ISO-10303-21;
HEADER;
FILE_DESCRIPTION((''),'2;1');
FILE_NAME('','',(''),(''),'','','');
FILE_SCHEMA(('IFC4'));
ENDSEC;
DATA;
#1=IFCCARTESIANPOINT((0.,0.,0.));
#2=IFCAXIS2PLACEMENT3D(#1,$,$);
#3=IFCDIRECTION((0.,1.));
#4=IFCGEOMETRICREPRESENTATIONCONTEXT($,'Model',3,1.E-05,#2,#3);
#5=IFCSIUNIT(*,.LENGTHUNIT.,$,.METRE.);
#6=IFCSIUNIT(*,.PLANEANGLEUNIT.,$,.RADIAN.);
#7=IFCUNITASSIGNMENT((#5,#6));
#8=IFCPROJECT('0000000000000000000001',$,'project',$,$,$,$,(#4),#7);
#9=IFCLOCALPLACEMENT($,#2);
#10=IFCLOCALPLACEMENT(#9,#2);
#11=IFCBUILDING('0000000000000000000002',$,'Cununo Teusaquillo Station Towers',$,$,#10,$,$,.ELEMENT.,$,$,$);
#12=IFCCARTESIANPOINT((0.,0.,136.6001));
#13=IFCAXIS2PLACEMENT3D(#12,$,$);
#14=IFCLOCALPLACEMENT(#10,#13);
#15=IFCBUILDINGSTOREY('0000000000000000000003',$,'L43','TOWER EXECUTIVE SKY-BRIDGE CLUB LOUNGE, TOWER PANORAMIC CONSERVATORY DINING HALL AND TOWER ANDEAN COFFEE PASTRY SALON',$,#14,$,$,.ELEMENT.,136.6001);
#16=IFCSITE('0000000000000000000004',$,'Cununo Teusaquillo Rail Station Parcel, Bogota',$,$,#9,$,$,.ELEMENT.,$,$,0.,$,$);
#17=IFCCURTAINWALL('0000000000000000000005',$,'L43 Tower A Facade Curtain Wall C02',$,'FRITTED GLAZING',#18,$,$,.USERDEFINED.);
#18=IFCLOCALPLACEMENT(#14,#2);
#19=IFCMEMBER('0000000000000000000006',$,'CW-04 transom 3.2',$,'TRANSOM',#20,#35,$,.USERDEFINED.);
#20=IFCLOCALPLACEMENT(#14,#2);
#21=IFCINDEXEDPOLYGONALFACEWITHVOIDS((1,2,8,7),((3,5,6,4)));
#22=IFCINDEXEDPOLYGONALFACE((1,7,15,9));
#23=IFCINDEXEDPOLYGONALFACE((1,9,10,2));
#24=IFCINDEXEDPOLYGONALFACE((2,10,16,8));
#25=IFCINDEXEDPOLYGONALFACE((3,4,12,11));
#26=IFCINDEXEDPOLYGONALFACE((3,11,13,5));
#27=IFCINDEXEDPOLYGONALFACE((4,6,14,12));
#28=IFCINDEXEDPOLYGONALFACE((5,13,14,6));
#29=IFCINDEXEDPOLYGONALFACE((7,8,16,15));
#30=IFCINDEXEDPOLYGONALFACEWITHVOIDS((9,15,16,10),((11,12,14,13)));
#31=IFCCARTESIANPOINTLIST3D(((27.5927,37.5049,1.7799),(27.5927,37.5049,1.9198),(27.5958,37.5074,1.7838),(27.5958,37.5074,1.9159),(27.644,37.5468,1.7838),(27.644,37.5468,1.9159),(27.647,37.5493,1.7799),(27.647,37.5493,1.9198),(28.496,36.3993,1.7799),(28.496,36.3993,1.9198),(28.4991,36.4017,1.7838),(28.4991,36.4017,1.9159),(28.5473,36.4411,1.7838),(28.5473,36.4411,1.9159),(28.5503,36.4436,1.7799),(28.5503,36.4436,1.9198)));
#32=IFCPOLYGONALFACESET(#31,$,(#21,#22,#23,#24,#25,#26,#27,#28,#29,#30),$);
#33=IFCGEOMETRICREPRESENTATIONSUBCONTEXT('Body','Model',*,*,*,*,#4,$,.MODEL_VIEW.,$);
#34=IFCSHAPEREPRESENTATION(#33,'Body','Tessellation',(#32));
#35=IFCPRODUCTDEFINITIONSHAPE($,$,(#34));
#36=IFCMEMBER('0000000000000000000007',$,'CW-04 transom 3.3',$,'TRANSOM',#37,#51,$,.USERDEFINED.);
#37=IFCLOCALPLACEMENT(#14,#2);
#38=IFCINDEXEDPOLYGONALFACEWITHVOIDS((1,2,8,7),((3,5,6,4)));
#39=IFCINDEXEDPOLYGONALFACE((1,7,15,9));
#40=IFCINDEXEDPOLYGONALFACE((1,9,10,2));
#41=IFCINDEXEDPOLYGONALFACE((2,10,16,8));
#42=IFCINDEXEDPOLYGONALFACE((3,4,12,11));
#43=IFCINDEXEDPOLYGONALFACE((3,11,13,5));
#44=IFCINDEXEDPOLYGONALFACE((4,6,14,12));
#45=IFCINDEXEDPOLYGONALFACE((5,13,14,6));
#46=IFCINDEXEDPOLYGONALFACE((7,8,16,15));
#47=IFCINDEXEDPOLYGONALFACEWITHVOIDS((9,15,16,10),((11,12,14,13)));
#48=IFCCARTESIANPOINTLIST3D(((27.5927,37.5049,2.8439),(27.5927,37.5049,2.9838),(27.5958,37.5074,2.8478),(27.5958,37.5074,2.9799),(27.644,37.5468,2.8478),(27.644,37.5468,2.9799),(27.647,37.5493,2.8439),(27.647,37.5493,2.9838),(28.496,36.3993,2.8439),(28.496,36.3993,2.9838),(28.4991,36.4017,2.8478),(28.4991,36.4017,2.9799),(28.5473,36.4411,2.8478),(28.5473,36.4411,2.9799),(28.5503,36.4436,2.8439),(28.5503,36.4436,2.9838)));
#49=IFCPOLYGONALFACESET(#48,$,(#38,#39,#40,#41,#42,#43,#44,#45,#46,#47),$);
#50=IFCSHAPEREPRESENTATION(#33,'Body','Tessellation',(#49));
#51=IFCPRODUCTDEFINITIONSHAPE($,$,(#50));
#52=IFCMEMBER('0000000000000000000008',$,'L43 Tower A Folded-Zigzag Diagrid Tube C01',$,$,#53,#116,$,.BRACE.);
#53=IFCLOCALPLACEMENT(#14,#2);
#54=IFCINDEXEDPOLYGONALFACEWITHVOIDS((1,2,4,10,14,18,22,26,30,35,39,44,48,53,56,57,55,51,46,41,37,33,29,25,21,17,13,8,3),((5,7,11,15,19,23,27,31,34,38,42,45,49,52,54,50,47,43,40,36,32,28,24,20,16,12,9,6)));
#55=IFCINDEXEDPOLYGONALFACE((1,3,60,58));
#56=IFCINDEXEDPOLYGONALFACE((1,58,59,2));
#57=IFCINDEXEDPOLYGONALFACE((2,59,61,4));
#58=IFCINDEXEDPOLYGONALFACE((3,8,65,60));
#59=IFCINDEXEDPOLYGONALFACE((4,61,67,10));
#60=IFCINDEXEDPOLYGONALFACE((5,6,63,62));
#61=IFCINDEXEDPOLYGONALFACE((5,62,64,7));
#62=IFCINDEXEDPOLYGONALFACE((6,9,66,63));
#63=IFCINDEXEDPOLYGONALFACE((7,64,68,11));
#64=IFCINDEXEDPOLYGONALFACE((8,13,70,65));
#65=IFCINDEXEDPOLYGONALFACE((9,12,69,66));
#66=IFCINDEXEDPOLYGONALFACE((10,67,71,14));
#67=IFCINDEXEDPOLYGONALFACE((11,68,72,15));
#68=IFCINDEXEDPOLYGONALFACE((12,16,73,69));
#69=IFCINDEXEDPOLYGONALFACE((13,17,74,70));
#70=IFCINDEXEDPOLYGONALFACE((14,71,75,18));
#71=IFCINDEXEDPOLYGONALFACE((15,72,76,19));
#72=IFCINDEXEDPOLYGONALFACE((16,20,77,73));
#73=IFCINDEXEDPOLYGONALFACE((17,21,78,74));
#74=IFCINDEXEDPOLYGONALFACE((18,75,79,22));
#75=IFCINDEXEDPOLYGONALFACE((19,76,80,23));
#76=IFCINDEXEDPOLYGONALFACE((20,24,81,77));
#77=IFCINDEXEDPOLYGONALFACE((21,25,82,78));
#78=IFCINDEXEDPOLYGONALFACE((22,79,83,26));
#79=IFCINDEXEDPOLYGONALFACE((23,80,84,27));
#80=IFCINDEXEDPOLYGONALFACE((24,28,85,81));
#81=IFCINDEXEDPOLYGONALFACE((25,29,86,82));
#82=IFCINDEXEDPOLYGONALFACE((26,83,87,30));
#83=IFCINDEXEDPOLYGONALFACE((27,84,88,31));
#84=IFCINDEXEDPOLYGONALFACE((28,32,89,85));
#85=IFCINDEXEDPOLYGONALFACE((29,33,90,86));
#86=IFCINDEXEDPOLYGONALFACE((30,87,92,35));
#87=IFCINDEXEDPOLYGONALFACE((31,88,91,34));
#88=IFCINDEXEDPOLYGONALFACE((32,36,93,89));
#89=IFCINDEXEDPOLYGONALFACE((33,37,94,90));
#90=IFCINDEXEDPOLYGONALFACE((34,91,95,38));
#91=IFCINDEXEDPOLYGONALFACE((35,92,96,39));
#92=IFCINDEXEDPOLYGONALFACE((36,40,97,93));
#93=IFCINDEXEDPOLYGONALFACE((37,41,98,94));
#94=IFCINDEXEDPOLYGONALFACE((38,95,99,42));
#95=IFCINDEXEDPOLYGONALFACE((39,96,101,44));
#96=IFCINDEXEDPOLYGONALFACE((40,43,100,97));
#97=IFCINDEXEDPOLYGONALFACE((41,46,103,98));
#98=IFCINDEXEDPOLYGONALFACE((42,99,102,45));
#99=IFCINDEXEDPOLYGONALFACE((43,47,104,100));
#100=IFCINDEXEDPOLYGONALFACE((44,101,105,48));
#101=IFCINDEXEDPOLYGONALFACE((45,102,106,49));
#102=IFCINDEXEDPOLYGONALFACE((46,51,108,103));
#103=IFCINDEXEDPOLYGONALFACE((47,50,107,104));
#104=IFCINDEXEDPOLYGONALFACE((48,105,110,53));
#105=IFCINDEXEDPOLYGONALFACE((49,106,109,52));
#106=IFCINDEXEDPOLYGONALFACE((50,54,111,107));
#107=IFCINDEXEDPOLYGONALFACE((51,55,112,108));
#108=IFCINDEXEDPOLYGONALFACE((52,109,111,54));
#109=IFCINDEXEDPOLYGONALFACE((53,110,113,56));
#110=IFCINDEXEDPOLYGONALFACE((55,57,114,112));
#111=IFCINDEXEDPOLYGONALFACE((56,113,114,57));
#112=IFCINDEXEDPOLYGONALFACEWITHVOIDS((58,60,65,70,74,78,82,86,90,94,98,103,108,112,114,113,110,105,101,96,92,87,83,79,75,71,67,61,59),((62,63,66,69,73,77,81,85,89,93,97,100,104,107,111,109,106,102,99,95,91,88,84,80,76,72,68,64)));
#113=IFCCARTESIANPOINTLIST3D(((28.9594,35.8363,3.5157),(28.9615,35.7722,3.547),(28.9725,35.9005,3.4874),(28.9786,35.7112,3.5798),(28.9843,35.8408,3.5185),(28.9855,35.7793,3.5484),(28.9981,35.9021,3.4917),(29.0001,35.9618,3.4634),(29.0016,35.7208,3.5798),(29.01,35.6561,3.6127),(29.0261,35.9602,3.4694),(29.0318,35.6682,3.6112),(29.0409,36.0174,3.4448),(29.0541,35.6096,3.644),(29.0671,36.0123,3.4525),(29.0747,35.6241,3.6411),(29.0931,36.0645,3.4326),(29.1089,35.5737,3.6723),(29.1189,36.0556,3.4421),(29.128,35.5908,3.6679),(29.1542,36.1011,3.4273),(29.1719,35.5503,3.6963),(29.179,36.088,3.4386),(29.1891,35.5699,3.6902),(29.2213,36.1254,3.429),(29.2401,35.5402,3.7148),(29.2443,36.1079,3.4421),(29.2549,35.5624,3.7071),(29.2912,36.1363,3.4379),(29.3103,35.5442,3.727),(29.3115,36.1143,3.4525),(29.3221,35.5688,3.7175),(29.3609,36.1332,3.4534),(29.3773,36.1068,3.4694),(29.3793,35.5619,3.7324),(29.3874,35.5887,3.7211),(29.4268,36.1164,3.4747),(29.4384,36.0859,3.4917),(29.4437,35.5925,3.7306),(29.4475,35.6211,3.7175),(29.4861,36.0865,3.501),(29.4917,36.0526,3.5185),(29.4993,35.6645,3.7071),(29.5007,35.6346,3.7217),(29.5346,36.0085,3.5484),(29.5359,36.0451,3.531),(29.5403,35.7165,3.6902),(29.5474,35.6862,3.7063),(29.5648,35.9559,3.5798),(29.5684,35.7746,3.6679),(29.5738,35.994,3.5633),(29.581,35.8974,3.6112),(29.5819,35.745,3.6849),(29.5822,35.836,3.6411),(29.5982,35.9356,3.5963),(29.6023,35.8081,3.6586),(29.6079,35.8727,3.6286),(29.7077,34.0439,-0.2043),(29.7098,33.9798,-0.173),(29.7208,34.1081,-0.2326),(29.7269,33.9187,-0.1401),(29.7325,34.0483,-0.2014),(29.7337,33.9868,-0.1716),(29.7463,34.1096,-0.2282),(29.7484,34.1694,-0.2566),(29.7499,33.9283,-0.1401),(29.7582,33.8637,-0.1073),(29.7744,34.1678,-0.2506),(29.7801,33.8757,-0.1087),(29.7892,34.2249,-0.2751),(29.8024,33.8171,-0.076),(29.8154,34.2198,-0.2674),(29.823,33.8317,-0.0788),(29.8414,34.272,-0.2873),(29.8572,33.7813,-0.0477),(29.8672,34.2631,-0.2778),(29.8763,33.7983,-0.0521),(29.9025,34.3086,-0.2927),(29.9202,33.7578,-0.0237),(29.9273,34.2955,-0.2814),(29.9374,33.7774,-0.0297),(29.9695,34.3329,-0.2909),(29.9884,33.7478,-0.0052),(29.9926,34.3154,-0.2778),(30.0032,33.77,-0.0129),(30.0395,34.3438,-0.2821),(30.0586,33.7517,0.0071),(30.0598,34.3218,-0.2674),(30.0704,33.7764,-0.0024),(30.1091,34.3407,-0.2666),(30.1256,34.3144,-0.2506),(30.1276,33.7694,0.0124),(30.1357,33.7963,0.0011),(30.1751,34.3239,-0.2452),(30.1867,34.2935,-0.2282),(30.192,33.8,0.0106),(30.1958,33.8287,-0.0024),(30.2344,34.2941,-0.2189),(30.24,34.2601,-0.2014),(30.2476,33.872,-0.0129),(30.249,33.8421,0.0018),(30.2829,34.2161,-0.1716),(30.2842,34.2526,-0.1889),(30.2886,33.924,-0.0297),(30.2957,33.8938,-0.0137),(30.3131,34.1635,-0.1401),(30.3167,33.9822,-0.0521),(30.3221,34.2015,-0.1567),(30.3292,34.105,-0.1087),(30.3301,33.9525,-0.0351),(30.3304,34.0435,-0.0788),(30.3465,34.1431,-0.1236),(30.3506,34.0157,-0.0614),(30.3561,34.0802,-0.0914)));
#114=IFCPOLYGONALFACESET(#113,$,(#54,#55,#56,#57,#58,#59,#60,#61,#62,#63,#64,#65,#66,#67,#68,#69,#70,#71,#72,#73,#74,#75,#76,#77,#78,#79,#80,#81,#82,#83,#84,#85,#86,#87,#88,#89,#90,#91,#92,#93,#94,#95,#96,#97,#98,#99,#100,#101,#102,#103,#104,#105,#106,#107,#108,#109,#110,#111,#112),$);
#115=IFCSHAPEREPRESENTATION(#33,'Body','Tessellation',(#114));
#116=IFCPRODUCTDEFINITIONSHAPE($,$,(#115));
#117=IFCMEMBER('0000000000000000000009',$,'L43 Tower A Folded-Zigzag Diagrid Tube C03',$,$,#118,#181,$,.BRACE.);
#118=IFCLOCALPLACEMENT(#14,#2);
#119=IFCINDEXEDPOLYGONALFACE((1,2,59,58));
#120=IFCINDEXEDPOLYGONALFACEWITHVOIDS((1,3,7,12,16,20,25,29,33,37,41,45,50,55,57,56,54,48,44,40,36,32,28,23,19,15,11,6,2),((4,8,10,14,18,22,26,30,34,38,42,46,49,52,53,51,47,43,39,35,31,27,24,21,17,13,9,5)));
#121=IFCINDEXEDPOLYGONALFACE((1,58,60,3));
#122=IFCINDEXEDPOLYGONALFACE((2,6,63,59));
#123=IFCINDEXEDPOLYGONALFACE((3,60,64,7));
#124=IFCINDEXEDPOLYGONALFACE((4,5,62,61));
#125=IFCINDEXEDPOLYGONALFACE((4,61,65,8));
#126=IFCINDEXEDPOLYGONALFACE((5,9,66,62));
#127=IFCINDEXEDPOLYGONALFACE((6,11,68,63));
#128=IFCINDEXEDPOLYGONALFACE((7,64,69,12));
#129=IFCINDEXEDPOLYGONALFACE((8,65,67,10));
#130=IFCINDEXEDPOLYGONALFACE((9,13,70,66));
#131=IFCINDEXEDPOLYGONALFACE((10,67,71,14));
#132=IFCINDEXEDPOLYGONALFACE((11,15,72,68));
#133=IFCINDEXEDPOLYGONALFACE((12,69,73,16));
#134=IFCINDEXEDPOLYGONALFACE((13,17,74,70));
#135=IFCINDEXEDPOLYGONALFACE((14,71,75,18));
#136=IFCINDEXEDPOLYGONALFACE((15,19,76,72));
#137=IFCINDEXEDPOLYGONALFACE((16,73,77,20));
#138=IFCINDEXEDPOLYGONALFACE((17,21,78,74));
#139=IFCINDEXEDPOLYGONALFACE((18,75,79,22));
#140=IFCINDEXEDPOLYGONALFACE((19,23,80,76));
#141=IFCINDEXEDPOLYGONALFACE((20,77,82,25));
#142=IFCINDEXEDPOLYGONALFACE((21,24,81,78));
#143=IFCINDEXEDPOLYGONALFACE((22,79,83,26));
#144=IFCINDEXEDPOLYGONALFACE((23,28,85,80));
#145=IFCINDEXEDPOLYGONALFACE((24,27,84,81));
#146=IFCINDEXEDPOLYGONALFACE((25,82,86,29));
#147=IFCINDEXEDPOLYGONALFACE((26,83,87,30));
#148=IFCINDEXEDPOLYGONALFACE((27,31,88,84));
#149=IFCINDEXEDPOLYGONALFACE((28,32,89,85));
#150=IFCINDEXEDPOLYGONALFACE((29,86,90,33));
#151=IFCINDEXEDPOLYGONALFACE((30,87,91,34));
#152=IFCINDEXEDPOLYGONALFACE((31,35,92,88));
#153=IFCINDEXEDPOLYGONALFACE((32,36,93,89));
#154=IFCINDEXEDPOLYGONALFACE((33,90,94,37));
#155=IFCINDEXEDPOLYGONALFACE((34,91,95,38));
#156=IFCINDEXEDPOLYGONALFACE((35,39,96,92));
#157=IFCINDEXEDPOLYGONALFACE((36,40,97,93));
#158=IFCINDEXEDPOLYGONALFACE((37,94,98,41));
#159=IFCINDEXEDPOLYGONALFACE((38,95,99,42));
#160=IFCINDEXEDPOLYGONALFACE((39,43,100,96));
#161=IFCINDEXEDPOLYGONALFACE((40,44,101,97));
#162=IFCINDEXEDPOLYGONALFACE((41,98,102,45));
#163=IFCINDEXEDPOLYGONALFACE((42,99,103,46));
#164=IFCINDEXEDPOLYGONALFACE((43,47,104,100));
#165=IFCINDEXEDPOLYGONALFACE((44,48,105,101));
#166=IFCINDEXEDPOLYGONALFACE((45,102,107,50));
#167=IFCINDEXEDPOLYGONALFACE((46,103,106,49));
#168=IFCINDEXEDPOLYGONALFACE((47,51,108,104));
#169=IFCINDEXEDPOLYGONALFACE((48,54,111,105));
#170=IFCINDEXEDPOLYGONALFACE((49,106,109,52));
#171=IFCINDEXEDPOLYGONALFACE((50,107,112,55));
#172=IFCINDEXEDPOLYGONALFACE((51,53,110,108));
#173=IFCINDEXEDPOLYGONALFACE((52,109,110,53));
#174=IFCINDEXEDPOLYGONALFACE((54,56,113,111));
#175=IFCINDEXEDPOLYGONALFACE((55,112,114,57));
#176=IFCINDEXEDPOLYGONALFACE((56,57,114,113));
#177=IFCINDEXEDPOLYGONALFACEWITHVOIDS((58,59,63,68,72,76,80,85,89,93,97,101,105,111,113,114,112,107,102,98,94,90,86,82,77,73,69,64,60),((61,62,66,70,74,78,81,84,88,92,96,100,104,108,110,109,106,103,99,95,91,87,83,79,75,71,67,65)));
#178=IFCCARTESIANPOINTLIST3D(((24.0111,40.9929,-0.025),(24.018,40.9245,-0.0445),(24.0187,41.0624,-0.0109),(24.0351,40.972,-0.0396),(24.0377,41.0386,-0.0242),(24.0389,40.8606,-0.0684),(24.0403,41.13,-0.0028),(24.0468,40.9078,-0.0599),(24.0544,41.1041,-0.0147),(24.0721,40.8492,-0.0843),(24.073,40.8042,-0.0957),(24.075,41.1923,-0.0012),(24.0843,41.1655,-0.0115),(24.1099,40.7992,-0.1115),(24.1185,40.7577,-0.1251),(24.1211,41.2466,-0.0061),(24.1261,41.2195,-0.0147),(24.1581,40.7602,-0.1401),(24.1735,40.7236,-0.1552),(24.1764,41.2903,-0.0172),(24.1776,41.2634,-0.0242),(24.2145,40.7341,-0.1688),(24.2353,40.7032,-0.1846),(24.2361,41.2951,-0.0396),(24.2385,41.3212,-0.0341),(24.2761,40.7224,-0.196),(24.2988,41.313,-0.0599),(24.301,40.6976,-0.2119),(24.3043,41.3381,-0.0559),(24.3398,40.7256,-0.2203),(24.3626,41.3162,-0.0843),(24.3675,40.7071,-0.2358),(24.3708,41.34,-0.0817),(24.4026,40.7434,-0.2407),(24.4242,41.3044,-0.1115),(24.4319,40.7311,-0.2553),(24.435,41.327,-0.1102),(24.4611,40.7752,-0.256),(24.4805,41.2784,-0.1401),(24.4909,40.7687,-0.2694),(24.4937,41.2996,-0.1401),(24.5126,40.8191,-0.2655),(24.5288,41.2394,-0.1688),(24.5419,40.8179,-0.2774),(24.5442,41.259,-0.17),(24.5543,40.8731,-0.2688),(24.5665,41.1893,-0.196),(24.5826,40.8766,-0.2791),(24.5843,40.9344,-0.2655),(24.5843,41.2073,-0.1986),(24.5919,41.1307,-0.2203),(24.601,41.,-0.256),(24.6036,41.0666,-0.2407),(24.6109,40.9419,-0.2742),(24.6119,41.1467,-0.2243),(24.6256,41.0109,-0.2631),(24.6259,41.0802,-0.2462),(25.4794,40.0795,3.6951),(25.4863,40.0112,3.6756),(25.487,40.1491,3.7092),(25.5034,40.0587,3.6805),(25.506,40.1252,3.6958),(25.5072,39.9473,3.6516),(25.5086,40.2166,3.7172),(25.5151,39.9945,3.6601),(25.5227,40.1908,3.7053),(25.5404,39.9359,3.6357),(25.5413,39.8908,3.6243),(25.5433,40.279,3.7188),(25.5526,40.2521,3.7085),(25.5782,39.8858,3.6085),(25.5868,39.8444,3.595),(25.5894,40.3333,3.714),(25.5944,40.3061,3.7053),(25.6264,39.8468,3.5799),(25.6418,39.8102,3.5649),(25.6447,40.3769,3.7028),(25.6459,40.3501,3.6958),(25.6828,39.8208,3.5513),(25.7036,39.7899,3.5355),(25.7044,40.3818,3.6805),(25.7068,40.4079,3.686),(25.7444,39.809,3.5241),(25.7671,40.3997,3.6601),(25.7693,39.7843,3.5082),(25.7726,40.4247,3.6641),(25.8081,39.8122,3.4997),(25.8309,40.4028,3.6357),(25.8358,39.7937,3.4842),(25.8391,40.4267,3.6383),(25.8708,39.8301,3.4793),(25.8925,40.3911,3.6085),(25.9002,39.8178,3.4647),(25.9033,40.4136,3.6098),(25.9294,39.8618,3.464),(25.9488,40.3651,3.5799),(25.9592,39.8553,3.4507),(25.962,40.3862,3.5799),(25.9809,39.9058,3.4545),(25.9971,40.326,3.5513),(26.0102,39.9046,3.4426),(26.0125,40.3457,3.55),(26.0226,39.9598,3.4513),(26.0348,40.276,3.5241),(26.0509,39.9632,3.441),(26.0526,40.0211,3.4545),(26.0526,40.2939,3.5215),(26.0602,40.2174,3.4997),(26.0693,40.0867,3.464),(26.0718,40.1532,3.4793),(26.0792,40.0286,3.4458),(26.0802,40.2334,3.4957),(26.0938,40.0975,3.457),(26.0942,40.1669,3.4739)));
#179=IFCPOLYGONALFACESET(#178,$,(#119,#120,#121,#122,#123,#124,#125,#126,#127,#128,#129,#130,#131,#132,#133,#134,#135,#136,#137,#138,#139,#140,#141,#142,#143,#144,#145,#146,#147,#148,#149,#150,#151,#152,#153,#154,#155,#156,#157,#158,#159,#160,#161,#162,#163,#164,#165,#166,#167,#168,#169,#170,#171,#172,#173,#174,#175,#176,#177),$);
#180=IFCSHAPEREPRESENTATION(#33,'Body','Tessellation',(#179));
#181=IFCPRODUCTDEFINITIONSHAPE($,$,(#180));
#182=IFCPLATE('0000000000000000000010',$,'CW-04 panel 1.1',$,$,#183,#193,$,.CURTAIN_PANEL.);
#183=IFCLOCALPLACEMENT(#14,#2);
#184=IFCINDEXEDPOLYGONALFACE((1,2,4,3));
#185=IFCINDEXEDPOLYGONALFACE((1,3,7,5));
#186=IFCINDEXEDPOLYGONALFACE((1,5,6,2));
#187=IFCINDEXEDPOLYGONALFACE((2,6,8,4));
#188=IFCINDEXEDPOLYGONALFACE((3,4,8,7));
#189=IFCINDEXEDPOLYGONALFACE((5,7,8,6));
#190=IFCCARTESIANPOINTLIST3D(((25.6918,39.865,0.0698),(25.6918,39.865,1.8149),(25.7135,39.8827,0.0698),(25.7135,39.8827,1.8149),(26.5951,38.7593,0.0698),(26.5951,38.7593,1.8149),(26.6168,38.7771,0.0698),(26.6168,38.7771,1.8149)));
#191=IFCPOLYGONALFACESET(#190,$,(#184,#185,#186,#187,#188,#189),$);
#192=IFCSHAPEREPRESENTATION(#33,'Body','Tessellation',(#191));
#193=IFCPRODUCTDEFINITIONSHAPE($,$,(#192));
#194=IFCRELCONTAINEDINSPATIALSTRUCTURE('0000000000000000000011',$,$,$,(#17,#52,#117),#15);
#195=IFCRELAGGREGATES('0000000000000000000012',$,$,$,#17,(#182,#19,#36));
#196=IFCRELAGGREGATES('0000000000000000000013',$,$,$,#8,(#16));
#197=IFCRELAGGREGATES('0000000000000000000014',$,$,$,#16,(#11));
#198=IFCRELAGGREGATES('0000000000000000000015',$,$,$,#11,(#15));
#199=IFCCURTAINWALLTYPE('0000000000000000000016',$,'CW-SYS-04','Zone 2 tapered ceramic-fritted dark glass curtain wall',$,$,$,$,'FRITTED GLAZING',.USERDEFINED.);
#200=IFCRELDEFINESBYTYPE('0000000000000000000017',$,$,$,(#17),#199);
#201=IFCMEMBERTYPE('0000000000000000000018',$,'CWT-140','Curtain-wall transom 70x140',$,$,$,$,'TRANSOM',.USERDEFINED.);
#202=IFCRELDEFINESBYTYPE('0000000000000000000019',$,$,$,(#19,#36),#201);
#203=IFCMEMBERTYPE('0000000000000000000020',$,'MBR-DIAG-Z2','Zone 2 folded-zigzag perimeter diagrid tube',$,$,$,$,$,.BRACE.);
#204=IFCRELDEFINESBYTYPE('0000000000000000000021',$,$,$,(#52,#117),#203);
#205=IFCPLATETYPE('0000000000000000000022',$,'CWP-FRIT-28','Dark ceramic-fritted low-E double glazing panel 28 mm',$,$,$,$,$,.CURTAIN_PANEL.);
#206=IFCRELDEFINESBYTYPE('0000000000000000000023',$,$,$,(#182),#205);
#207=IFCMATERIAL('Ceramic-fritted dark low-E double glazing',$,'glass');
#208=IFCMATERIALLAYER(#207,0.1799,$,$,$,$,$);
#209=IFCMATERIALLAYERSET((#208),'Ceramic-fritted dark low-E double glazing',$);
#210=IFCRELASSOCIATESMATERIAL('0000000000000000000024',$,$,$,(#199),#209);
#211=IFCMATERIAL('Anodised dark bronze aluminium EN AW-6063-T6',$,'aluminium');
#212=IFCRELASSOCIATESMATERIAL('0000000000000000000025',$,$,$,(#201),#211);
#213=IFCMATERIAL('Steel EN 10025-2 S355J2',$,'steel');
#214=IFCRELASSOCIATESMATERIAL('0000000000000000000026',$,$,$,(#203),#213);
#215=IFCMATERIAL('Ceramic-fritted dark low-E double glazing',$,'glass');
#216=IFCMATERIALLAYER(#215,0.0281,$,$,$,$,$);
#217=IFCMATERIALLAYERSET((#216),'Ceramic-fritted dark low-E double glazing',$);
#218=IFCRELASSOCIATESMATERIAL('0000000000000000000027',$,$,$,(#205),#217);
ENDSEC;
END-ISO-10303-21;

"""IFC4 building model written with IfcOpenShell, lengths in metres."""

from ifc_helpers import new_model, si_unit, direction, frame, origin, origin_2d, place, context, subcontext, project, spatial, rectangle, hollow_rectangle, hollow_circle, extrude, source, transform, mapped, material, layer, layer_set, material_profile, profile_set, type_object, element, aggregate, save


model = new_model("IFC4")

# Units and contexts
model_context = context("Model", 3, precision=1e-05, world=origin(), true_north=direction((0.0, 1.0)))
body_context = subcontext(model_context, "Body", "Model", "MODEL_VIEW")
ifc_project = project(units=[si_unit("LENGTHUNIT", "METRE"), si_unit("PLANEANGLEUNIT", "RADIAN")], contexts=[model_context])

# Site, building, storey
site_placement = place(None, origin())
site = spatial("IfcSite", under=ifc_project, at=site_placement, Name="Cununo Teusaquillo Rail Station Parcel, Bogota", CompositionType="ELEMENT", RefElevation=0.0)
building_placement = place(site_placement, origin())
building = spatial("IfcBuilding", under=site, at=building_placement, Name="Cununo Teusaquillo Station Towers", CompositionType="ELEMENT")
storey_placement = place(building_placement, frame((0.0, 0.0, 136.6001)))
storey = spatial("IfcBuildingStorey", under=building, at=storey_placement, Name="L43", Description="TOWER EXECUTIVE SKY-BRIDGE CLUB LOUNGE, TOWER PANORAMIC CONSERVATORY DINING HALL AND TOWER ANDEAN COFFEE PASTRY SALON", CompositionType="ELEMENT", Elevation=136.6001)

# Curtain wall, members
ifc_material_1 = material(Name="Ceramic-fritted dark low-E double glazing", Category="glass")
ifc_layer_1 = layer(ifc_material_1, 0.1799)
ifc_layer_set_1 = layer_set([ifc_layer_1], Name="Ceramic-fritted dark low-E double glazing")
curtain_wall_type = type_object("IfcCurtainWallType", Name="CW-SYS-04", Description="Zone 2 tapered ceramic-fritted dark glass curtain wall", ElementType="FRITTED GLAZING", PredefinedType="USERDEFINED", material=ifc_layer_set_1)
curtain_wall_placement = place(storey_placement, origin())
curtain_wall = element("IfcCurtainWall", 1, at=curtain_wall_placement, inside=storey, type_object=curtain_wall_type, Name="L43 Tower A Facade Curtain Wall C02", ObjectType="FRITTED GLAZING", PredefinedType="USERDEFINED")
ifc_material_2 = material(Name="Anodised dark bronze aluminium EN AW-6063-T6", Category="aluminium")
ifc_material_profile_1 = material_profile(ifc_material_2, hollow_rectangle(XDim=0.0701, YDim=0.1399, WallThickness=0.0039, at=origin_2d()), Name="CW-TRAN-70x140")
ifc_profile_set_1 = profile_set([ifc_material_profile_1], Name="Anodised dark bronze aluminium EN AW-6063-T6")
member_type_1 = type_object("IfcMemberType", Name="CWT-140", Description="Curtain-wall transom 70x140", ElementType="TRANSOM", PredefinedType="USERDEFINED", material=ifc_profile_set_1)
member_1_placement = place(storey_placement, frame((27.6199, 37.5271, 1.8499), z_axis=(0.63267, -0.774422, 0.0), x_axis=(0.774422, 0.63267, 0.0)))
member_1 = element("IfcMember", 2, at=member_1_placement, type_object=member_type_1, Name="CW-04 transom 3.2", ObjectType="TRANSOM", PredefinedType="USERDEFINED", context=body_context, shape_type="SweptSolid", body=[
    extrude(hollow_rectangle(XDim=0.0701, YDim=0.1399, WallThickness=0.0039, at=origin_2d()), origin(), (0.0, 0.0, 1.0), 1.4277),
])
member_2_placement = place(storey_placement, frame((27.6199, 37.5271, 2.9138), z_axis=(0.63267, -0.774422, 0.0), x_axis=(0.774422, 0.63267, 0.0)))
member_2 = element("IfcMember", 3, at=member_2_placement, type_object=member_type_1, Name="CW-04 transom 3.3", ObjectType="TRANSOM", PredefinedType="USERDEFINED", context=body_context, shape_type="SweptSolid", body=[
    extrude(hollow_rectangle(XDim=0.0701, YDim=0.1399, WallThickness=0.0039, at=origin_2d()), origin(), (0.0, 0.0, 1.0), 1.4277),
])

# Members
ifc_material_3 = material(Name="Steel EN 10025-2 S355J2", Category="steel")
ifc_material_profile_2 = material_profile(ifc_material_3, hollow_circle(Radius=0.3301, WallThickness=0.0249, at=origin_2d()), Name="CHS 660x25")
ifc_profile_set_2 = profile_set([ifc_material_profile_2], Name="Steel EN 10025-2 S355J2")
member_type_2 = type_object("IfcMemberType", Name="MBR-DIAG-Z2", Description="Zone 2 folded-zigzag perimeter diagrid tube", PredefinedType="BRACE", material=ifc_profile_set_2)
member_3_placement = place(storey_placement, frame((30.0315, 34.0459, -0.1401), z_axis=(-0.178311, 0.427131, 0.886434), x_axis=(-0.922816, -0.38524, 0.0)))
element("IfcMember", 4, at=member_3_placement, inside=storey, type_object=member_type_2, Name="L43 Tower A Folded-Zigzag Diagrid Tube C01", PredefinedType="BRACE", context=body_context, shape_type="SweptSolid", body=[
    extrude(hollow_circle(Radius=0.3301, WallThickness=0.0249, at=origin_2d()), origin(), (0.0, 0.0, 1.0), 4.1965),
])
member_4_placement = place(storey_placement, frame((24.3193, 41.0193, -0.1401), z_axis=(0.357919, -0.222643, 0.906821), x_axis=(0.528196, 0.849123, 0.0)))
element("IfcMember", 5, at=member_4_placement, inside=storey, type_object=member_type_2, Name="L43 Tower A Folded-Zigzag Diagrid Tube C03", PredefinedType="BRACE", context=body_context, shape_type="SweptSolid", body=[
    extrude(hollow_circle(Radius=0.3301, WallThickness=0.0249, at=origin_2d()), origin(), (0.0, 0.0, 1.0), 4.1023),
])

# Plate
ifc_material_4 = material(Name="Ceramic-fritted dark low-E double glazing", Category="glass")
ifc_layer_2 = layer(ifc_material_4, 0.0281)
ifc_layer_set_2 = layer_set([ifc_layer_2], Name="Ceramic-fritted dark low-E double glazing")
plate_type = type_object("IfcPlateType", Name="CWP-FRIT-28", Description="Dark ceramic-fritted low-E double glazing panel 28 mm", PredefinedType="CURTAIN_PANEL", material=ifc_layer_set_2)
shared_shape_1 = source(origin(), body_context, "Body", "SweptSolid", [
    extrude(rectangle(XDim=1.4277, YDim=0.0281, at=origin_2d()), origin(), (0.0, 0.0, 1.0), 1.7451),
])
plate_1_placement = place(storey_placement, frame((26.1543, 39.321, 0.0698), z_axis=(0.0, 0.0, 1.0), x_axis=(0.632704, -0.774394, 0.0)))
plate_1 = element("IfcPlate", 6, at=plate_1_placement, type_object=plate_type, Name="CW-04 panel 1.1", PredefinedType="CURTAIN_PANEL", context=body_context, shape_type="MappedRepresentation", body=[
    mapped(shared_shape_1, transform((0.0, 0.0, 0.0), x_axis=(1.0, 0.0, 0.0), y_axis=(0.0, 1.0, 0.0), z_axis=(0.0, 0.0, 1.0), scale=1.0)),
])
aggregate(curtain_wall, [plate_1, member_1, member_2])

save(model, "model.ifc")
